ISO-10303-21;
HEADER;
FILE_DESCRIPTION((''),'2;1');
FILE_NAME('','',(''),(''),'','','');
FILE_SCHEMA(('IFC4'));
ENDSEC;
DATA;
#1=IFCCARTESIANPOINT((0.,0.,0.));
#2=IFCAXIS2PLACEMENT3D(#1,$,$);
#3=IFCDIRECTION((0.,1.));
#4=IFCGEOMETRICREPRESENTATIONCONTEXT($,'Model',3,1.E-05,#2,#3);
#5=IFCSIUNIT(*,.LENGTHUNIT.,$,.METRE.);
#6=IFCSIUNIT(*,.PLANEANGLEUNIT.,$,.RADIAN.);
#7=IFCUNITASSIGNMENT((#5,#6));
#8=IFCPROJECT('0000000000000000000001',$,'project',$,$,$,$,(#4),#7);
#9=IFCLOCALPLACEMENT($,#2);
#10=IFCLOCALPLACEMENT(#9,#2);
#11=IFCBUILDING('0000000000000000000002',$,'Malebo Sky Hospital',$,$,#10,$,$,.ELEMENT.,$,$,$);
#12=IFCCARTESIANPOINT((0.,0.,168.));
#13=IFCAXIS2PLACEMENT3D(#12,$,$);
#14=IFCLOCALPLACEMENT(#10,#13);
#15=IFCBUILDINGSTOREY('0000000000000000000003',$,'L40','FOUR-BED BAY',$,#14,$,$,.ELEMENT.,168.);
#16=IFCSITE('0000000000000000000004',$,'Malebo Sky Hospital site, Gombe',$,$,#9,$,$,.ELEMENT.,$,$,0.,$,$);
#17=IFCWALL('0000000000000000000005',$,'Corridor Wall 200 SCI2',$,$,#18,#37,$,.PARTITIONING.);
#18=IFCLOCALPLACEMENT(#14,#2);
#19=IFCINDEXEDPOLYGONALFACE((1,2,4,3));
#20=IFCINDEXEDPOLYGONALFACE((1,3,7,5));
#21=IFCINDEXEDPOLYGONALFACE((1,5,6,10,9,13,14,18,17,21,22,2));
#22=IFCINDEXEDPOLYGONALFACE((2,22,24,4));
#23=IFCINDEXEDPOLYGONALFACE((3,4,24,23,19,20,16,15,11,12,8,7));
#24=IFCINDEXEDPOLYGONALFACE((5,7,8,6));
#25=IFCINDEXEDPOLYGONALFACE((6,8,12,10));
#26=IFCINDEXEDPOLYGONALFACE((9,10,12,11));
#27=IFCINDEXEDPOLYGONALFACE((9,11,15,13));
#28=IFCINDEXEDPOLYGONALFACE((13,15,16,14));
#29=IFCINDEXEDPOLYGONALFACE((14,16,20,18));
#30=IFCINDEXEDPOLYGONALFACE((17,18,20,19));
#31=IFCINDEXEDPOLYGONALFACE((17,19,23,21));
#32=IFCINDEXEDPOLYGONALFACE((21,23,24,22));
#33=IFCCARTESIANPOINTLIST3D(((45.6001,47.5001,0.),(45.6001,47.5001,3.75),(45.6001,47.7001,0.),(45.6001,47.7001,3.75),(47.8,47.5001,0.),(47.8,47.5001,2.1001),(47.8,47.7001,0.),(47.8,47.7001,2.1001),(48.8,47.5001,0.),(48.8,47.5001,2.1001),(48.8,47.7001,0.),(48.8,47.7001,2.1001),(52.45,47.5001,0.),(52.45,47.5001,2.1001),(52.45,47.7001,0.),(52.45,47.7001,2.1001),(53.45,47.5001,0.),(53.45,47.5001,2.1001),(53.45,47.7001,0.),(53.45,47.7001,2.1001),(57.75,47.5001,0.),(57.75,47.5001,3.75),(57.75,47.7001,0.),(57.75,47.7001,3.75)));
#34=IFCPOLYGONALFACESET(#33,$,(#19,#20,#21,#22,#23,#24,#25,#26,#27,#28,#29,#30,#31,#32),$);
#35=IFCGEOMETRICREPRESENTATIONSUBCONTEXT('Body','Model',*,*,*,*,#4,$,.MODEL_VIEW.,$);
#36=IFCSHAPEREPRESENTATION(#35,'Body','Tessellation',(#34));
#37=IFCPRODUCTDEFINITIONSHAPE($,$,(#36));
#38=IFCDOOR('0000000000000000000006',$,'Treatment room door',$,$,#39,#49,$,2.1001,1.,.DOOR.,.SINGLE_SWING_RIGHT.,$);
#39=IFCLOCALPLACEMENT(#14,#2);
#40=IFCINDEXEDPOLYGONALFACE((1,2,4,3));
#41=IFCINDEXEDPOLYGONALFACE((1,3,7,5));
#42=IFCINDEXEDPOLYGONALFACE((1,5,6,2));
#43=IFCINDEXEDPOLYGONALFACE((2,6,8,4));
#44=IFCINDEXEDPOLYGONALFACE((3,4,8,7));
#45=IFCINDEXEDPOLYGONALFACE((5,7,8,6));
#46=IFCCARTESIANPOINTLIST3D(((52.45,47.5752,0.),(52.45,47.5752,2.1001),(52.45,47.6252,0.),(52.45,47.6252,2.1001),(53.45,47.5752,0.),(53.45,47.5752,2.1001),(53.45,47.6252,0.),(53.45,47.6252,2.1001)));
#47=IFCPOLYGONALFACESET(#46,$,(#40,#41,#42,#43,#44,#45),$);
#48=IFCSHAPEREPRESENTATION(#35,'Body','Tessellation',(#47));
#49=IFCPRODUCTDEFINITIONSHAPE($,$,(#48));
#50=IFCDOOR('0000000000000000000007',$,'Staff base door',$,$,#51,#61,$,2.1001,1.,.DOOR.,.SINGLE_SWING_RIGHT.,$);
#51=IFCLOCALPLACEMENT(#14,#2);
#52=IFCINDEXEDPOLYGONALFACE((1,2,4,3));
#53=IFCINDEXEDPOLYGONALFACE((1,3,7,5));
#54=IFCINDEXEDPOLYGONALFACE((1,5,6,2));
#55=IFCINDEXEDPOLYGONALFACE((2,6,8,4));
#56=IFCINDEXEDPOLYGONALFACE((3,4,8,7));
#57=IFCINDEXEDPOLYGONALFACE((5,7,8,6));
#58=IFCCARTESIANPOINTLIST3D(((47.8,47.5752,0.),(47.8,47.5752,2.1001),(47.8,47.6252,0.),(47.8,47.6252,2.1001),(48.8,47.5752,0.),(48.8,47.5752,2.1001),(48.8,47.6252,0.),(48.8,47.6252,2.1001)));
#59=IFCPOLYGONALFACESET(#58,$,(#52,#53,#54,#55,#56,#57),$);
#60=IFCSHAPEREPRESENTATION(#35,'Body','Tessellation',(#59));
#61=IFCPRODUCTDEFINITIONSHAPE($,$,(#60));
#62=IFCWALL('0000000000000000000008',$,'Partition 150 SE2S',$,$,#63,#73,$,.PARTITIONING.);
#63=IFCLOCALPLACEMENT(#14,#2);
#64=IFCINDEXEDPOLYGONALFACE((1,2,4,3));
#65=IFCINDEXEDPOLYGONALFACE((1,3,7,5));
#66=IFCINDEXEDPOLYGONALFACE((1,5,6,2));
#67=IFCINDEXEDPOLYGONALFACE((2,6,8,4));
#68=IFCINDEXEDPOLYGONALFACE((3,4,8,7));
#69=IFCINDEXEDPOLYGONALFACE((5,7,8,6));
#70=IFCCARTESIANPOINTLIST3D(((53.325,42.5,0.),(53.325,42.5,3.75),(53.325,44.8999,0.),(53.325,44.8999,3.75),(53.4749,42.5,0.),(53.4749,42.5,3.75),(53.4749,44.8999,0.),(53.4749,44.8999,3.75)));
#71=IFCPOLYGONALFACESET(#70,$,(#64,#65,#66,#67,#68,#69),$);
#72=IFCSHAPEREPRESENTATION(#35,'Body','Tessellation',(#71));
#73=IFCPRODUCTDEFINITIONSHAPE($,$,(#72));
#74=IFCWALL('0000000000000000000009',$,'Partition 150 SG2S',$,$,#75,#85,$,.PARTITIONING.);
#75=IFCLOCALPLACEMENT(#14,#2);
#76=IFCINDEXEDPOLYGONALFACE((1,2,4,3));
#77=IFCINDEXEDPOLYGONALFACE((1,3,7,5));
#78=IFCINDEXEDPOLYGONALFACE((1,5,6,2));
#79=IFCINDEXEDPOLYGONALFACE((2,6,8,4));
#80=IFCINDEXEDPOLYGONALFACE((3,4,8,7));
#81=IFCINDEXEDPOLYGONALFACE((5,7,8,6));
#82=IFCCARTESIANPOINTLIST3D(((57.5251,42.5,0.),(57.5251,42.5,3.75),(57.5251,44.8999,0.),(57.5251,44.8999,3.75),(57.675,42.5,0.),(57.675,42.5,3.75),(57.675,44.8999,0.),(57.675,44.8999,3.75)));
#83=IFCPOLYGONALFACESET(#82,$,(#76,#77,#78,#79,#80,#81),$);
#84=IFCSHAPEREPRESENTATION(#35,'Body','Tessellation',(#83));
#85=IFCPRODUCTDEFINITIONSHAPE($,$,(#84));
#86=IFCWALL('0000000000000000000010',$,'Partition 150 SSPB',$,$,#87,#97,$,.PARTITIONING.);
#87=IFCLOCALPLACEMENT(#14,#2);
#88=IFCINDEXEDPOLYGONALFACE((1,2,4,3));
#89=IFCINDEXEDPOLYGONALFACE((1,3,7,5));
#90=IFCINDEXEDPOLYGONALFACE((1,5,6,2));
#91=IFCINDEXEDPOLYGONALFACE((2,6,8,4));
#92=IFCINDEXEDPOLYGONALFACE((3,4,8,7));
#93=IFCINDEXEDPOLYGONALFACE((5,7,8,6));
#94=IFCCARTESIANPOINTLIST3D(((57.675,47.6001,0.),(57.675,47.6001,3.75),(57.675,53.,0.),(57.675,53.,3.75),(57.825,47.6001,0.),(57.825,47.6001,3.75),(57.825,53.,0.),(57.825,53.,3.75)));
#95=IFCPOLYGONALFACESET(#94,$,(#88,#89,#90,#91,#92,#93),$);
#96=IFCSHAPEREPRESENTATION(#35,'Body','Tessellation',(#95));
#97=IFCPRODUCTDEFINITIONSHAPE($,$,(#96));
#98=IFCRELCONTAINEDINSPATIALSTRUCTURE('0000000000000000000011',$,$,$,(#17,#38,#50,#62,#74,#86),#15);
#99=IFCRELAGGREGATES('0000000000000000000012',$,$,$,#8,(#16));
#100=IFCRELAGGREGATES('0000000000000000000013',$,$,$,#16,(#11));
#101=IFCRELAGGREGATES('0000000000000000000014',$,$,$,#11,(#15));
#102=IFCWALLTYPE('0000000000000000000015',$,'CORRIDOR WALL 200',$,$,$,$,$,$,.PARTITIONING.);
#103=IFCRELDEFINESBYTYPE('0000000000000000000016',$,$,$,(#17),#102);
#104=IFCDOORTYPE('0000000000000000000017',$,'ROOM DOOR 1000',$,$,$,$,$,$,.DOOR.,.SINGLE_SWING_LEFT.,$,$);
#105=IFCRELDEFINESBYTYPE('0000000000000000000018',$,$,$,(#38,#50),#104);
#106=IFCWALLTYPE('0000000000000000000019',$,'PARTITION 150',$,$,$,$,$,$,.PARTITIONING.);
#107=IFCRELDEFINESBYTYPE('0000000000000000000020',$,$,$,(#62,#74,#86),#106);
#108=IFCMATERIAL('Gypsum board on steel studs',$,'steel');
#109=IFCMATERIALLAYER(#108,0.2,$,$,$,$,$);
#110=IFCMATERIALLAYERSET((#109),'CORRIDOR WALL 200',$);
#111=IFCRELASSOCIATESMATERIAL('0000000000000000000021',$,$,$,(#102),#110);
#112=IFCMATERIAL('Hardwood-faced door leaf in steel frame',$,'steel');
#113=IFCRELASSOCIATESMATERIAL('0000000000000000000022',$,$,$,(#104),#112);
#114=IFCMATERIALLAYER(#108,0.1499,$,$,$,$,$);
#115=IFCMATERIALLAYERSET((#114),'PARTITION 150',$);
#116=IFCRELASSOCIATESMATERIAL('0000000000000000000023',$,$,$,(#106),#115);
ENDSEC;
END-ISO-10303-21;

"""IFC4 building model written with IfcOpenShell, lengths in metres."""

from ifc_helpers import new_model, si_unit, direction, frame, frame_2d, origin, place, context, subcontext, project, spatial, rectangle, extrude, material, layer, layer_set, type_object, element, fill, save


model = new_model("IFC4")

# Units and contexts
model_context = context("Model", 3, precision=1e-05, world=origin(), true_north=direction((0.0, 1.0)))
body_context = subcontext(model_context, "Body", "Model", "MODEL_VIEW")
ifc_project = project(units=[si_unit("LENGTHUNIT", "METRE"), si_unit("PLANEANGLEUNIT", "RADIAN")], contexts=[model_context])

# Site, building, storey
site_placement = place(None, origin())
site = spatial("IfcSite", under=ifc_project, at=site_placement, Name="Malebo Sky Hospital site, Gombe", CompositionType="ELEMENT", RefElevation=0.0)
building_placement = place(site_placement, origin())
building = spatial("IfcBuilding", under=site, at=building_placement, Name="Malebo Sky Hospital", CompositionType="ELEMENT")
storey_placement = place(building_placement, frame((0.0, 0.0, 168.0)))
storey = spatial("IfcBuildingStorey", under=building, at=storey_placement, Name="L40", Description="FOUR-BED BAY", CompositionType="ELEMENT", Elevation=168.0)

# Shared definitions
ifc_material_1 = material(Name="Hardwood-faced door leaf in steel frame", Category="steel")

# Wall, openings, doors
ifc_material_2 = material(Name="Gypsum board on steel studs", Category="steel")
ifc_layer_1 = layer(ifc_material_2, 0.2)
ifc_layer_set_1 = layer_set([ifc_layer_1], Name="CORRIDOR WALL 200")
wall_type_1 = type_object("IfcWallType", Name="CORRIDOR WALL 200", PredefinedType="PARTITIONING", material=ifc_layer_set_1)
wall_1_placement = place(storey_placement, frame((57.75, 47.6001, 0.0), z_axis=(0.0, 0.0, 1.0), x_axis=(-1.0, 0.0, 0.0)))
wall_1 = element("IfcWall", 1, at=wall_1_placement, inside=storey, type_object=wall_type_1, Name="Corridor Wall 200 SCI2", PredefinedType="PARTITIONING", context=body_context, shape_type="SweptSolid", body=[
    extrude(rectangle(XDim=12.1499, YDim=0.2, at=frame_2d((6.075, 0.0))), origin(), (0.0, 0.0, 1.0), 3.75),
])
opening_1_placement = place(wall_1_placement, frame((4.3, 0.0, 0.0)))
opening_1 = element("IfcOpeningElement", 2, at=opening_1_placement, cuts=wall_1, PredefinedType="OPENING", context=body_context, shape_type="SweptSolid", body=[
    extrude(rectangle(XDim=1.0, YDim=2.1001, at=frame_2d((0.5, 1.05))), frame((0.0, 0.1099, 0.0), z_axis=(0.0, -1.0, 0.0), x_axis=(1.0, 0.0, 0.0)), (0.0, 0.0, 1.0), 0.22),
])
opening_2_placement = place(wall_1_placement, frame((8.95, 0.0, 0.0)))
opening_2 = element("IfcOpeningElement", 3, at=opening_2_placement, cuts=wall_1, PredefinedType="OPENING", context=body_context, shape_type="SweptSolid", body=[
    extrude(rectangle(XDim=1.0, YDim=2.1001, at=frame_2d((0.5, 1.05))), frame((0.0, 0.1099, 0.0), z_axis=(0.0, -1.0, 0.0), x_axis=(1.0, 0.0, 0.0)), (0.0, 0.0, 1.0), 0.22),
])
door_type_1 = type_object("IfcDoorType", Name="ROOM DOOR 1000", OperationType="SINGLE_SWING_LEFT", PredefinedType="DOOR", material=ifc_material_1)
door_1_placement = place(opening_1_placement, origin())
door_1 = element("IfcDoor", 4, at=door_1_placement, inside=storey, type_object=door_type_1, Name="Treatment room door", OperationType="SINGLE_SWING_RIGHT", OverallHeight=2.1001, OverallWidth=1.0, PredefinedType="DOOR", context=body_context, shape_type="SweptSolid", body=[
    extrude(rectangle(XDim=1.0, YDim=2.1001, at=frame_2d((0.5, 1.05))), frame((0.0, 0.0249, 0.0), z_axis=(0.0, -1.0, 0.0), x_axis=(1.0, 0.0, 0.0)), (0.0, 0.0, 1.0), 0.05),
])
fill(opening_1, door_1)
door_2_placement = place(opening_2_placement, origin())
door_2 = element("IfcDoor", 5, at=door_2_placement, inside=storey, type_object=door_type_1, Name="Staff base door", OperationType="SINGLE_SWING_RIGHT", OverallHeight=2.1001, OverallWidth=1.0, PredefinedType="DOOR", context=body_context, shape_type="SweptSolid", body=[
    extrude(rectangle(XDim=1.0, YDim=2.1001, at=frame_2d((0.5, 1.05))), frame((0.0, 0.0249, 0.0), z_axis=(0.0, -1.0, 0.0), x_axis=(1.0, 0.0, 0.0)), (0.0, 0.0, 1.0), 0.05),
])
fill(opening_2, door_2)

# Walls
ifc_layer_2 = layer(ifc_material_2, 0.1499)
ifc_layer_set_2 = layer_set([ifc_layer_2], Name="PARTITION 150")
wall_type_2 = type_object("IfcWallType", Name="PARTITION 150", PredefinedType="PARTITIONING", material=ifc_layer_set_2)
for number, where, z_axis, x_axis, name in (
    (6, (53.3999, 44.8999, 0.0), (0.0, 0.0, 1.0), (0.0, -1.0, 0.0), "Partition 150 SE2S"),
    (7, (57.6001, 44.8999, 0.0), (0.0, 0.0, 1.0), (0.0, -1.0, 0.0), "Partition 150 SG2S"),
):
    element("IfcWall", number, at=place(storey_placement, frame(where, z_axis=z_axis, x_axis=x_axis)), inside=storey, type_object=wall_type_2, Name=name, PredefinedType="PARTITIONING", context=body_context, shape_type="SweptSolid", body=[
        extrude(rectangle(XDim=2.3999, YDim=0.1499, at=frame_2d((1.2, 0.0))), origin(), (0.0, 0.0, 1.0), 3.75),
    ])
wall_2_placement = place(storey_placement, frame((57.75, 53.0, 0.0), z_axis=(0.0, 0.0, 1.0), x_axis=(0.0, -1.0, 0.0)))
element("IfcWall", 8, at=wall_2_placement, inside=storey, type_object=wall_type_2, Name="Partition 150 SSPB", PredefinedType="PARTITIONING", context=body_context, shape_type="SweptSolid", body=[
    extrude(rectangle(XDim=5.3999, YDim=0.1499, at=frame_2d((2.7, 0.0))), origin(), (0.0, 0.0, 1.0), 3.75),
])

save(model, "model.ifc")
